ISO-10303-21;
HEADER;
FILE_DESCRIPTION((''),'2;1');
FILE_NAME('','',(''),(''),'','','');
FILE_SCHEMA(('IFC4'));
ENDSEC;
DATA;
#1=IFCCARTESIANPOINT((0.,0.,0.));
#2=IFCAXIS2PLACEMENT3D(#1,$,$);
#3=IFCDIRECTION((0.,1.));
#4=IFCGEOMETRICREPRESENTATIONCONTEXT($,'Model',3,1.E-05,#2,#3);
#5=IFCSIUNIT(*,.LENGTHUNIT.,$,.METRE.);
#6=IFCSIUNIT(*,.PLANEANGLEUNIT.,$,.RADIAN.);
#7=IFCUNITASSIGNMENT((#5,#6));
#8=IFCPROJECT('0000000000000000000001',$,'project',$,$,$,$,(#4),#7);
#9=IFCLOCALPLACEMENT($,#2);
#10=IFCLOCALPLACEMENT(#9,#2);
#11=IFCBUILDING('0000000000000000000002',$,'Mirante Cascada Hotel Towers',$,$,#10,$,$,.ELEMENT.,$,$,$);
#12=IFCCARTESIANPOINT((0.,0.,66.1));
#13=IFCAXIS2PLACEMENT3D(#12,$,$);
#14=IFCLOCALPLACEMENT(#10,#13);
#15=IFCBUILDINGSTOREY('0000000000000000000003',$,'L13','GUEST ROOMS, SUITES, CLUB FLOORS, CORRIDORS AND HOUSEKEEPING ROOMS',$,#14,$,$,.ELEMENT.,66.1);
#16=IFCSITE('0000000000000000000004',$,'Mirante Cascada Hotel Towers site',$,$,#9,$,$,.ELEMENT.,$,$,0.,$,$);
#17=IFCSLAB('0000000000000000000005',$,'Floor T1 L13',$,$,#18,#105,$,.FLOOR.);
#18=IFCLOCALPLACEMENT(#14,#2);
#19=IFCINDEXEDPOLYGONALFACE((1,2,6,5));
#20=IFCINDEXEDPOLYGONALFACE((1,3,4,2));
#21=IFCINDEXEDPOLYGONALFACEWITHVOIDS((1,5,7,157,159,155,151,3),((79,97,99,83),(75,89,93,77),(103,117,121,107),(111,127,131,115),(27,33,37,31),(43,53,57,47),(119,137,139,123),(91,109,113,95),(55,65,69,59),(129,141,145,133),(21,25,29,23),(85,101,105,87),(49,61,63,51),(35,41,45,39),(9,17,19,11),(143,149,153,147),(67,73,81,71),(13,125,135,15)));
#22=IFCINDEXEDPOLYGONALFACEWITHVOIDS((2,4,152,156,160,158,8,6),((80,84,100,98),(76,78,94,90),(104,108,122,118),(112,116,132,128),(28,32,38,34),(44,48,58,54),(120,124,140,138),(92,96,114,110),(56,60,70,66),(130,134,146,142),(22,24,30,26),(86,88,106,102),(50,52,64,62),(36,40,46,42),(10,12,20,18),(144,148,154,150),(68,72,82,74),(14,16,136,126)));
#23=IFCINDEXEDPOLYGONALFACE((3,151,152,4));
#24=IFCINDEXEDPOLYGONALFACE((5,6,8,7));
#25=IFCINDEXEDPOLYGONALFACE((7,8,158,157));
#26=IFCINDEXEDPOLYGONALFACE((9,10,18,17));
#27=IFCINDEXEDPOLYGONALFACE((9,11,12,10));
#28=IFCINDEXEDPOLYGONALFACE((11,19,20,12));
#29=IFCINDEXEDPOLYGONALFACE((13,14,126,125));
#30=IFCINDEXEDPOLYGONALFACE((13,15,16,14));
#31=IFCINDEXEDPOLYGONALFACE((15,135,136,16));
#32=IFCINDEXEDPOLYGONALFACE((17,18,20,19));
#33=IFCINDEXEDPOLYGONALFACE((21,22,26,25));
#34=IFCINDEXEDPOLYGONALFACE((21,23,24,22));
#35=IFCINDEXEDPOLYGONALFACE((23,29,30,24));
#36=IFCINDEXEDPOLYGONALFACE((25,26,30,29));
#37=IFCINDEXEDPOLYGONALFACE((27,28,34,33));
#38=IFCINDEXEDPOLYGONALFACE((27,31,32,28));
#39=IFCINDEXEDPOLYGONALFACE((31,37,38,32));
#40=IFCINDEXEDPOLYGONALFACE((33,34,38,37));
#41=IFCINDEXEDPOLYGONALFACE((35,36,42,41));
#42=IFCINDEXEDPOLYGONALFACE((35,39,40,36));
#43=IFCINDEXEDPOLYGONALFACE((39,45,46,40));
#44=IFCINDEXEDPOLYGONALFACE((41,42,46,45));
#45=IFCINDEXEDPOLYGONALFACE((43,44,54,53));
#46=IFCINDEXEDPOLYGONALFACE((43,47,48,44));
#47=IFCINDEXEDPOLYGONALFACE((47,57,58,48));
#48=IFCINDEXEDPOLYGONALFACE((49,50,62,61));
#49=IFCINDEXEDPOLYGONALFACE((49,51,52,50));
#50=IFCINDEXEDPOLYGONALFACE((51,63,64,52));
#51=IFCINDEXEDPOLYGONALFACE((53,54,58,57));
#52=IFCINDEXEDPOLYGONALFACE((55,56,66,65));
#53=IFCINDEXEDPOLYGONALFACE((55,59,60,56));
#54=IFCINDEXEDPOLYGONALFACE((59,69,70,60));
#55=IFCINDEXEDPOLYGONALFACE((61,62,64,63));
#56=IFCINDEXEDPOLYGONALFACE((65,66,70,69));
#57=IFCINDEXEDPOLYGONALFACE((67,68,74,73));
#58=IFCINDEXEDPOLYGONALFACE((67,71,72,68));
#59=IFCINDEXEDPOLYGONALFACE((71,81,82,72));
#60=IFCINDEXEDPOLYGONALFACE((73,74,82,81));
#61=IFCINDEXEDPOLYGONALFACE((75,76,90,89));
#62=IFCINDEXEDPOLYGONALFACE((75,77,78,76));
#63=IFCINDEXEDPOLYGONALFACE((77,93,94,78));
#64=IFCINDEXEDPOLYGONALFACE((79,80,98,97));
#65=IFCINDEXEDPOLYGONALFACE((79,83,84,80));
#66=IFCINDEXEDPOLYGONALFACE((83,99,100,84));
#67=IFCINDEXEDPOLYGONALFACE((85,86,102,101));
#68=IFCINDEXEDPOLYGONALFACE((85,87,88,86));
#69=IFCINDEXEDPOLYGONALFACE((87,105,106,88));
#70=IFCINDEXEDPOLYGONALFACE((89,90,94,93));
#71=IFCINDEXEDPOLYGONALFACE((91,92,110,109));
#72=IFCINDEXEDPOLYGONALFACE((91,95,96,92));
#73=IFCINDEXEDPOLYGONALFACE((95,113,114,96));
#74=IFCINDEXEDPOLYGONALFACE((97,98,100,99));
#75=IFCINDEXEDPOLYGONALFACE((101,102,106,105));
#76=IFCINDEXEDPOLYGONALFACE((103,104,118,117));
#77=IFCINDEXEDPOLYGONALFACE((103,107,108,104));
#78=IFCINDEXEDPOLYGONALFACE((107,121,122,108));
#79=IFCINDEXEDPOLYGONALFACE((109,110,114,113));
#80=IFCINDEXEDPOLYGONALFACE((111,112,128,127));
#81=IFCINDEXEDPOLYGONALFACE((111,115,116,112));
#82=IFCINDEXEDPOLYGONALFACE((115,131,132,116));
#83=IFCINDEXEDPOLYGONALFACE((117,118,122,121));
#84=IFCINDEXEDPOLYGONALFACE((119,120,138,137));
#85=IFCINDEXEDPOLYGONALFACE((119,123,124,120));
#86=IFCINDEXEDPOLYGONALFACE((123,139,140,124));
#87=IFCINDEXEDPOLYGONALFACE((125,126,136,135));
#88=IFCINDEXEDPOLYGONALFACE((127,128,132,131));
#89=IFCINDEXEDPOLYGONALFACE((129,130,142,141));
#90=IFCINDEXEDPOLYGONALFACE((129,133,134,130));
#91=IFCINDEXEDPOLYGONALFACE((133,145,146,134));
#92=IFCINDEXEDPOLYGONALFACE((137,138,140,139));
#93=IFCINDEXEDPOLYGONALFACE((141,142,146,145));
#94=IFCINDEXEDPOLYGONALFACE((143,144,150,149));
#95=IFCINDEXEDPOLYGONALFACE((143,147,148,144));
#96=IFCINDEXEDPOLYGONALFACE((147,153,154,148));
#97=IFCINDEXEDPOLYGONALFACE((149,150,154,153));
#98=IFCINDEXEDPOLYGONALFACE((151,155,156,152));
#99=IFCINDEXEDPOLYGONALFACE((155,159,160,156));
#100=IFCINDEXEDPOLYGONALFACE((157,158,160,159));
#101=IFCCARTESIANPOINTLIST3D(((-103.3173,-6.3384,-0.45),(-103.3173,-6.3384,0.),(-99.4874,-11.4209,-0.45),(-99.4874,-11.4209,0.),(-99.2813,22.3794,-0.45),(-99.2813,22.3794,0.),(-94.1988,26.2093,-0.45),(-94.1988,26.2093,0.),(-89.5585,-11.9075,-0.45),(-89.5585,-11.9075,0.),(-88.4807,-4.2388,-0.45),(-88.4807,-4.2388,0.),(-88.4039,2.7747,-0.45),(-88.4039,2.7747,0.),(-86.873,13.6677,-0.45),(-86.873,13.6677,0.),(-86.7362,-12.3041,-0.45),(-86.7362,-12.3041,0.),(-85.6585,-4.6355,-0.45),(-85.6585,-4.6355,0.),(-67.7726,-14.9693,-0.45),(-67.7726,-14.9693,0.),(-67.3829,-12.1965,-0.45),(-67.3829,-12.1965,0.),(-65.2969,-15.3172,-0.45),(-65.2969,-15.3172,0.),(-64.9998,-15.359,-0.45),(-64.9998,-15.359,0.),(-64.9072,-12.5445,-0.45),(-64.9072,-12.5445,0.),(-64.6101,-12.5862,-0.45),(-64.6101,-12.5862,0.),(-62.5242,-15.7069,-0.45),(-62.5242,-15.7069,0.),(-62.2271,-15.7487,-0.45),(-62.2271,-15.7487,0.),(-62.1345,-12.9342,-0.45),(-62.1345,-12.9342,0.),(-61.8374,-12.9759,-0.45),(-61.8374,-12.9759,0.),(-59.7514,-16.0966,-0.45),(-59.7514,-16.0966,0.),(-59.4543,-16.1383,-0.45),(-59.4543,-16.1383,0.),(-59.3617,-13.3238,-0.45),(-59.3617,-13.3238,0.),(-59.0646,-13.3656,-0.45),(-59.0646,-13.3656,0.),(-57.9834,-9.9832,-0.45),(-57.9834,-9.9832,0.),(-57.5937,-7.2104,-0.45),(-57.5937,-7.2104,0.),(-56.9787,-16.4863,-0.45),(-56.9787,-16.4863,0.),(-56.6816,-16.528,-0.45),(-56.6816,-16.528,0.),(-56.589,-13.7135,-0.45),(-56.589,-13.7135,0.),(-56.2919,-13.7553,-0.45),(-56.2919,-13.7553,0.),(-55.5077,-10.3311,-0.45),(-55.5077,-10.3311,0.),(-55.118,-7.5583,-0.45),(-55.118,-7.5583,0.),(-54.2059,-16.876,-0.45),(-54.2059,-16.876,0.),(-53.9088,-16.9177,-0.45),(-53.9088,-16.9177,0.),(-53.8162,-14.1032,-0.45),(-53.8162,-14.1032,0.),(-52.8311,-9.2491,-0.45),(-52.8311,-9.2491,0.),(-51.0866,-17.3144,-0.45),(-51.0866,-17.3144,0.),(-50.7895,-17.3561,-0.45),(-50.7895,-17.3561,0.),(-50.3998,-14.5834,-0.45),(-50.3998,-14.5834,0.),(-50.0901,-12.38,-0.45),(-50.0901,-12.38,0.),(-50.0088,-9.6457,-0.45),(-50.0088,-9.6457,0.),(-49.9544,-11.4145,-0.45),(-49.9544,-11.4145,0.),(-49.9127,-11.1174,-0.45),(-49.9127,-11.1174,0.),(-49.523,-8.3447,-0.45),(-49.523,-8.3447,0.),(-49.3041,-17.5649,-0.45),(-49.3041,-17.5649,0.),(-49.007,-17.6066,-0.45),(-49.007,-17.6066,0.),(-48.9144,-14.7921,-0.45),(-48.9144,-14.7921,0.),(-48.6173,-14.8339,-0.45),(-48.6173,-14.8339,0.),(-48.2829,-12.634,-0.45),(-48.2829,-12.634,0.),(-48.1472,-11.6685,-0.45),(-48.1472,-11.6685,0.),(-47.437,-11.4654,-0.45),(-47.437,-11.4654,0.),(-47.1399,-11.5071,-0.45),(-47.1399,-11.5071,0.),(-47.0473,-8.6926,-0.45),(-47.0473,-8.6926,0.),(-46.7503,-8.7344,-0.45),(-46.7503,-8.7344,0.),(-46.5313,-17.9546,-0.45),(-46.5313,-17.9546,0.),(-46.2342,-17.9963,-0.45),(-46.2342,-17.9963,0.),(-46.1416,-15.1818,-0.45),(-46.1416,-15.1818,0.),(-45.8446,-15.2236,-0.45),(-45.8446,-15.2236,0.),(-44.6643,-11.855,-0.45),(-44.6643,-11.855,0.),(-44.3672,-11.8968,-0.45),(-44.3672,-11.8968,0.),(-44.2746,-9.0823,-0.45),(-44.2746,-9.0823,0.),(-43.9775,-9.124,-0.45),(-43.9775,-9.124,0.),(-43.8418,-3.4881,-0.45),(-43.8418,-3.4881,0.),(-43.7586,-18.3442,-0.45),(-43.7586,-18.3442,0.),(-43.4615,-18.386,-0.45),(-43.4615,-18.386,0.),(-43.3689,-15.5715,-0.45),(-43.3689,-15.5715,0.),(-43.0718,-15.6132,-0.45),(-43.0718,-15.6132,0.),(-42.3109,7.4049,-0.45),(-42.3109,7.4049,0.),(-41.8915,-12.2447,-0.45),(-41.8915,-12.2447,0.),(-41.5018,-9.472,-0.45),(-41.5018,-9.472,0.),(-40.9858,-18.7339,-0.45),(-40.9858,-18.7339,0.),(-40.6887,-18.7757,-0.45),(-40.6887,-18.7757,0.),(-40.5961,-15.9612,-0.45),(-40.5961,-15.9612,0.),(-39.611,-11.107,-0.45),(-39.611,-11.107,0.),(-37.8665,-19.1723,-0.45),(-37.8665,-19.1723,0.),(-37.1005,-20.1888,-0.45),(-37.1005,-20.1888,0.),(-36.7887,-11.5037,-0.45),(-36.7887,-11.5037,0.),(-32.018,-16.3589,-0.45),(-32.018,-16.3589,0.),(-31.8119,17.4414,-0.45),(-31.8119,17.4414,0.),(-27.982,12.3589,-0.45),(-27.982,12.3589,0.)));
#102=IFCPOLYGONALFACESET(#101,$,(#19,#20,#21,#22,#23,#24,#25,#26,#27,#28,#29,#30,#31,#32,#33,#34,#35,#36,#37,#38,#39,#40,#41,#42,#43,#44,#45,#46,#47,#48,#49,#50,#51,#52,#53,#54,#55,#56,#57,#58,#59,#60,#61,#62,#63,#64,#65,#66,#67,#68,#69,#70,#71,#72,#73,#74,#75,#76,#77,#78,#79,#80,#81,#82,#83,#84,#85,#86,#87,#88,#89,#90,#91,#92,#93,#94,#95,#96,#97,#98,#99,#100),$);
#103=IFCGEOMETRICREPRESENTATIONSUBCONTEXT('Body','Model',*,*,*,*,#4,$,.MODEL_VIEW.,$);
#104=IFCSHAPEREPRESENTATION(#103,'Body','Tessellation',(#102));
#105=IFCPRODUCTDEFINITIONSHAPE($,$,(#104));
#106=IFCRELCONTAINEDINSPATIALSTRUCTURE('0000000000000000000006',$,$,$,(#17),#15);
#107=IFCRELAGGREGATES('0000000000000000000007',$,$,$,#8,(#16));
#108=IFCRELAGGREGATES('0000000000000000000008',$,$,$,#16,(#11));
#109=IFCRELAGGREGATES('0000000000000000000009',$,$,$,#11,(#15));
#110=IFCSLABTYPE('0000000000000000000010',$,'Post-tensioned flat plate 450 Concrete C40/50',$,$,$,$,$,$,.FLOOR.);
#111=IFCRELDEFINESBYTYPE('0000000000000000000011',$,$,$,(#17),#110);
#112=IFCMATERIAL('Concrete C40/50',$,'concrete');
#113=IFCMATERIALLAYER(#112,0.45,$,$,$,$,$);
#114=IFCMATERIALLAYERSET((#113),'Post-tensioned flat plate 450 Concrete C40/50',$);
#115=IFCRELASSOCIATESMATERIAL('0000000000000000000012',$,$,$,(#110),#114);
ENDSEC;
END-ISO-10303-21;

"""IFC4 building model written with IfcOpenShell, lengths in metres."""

from ifc_helpers import new_model, si_unit, direction, frame, origin, place, context, subcontext, project, spatial, polyline, outline, extrude, material, layer, layer_set, type_object, element, save


model = new_model("IFC4")

# Units and contexts
model_context = context("Model", 3, precision=1e-05, world=origin(), true_north=direction((0.0, 1.0)))
body_context = subcontext(model_context, "Body", "Model", "MODEL_VIEW")
ifc_project = project(units=[si_unit("LENGTHUNIT", "METRE"), si_unit("PLANEANGLEUNIT", "RADIAN")], contexts=[model_context])

# Site, building, storey
site_placement = place(None, origin())
site = spatial("IfcSite", under=ifc_project, at=site_placement, Name="Mirante Cascada Hotel Towers site", CompositionType="ELEMENT", RefElevation=0.0)
building_placement = place(site_placement, origin())
building = spatial("IfcBuilding", under=site, at=building_placement, Name="Mirante Cascada Hotel Towers", CompositionType="ELEMENT")
storey_placement = place(building_placement, frame((0.0, 0.0, 66.1)))
storey = spatial("IfcBuildingStorey", under=building, at=storey_placement, Name="L13", Description="GUEST ROOMS, SUITES, CLUB FLOORS, CORRIDORS AND HOUSEKEEPING ROOMS", CompositionType="ELEMENT", Elevation=66.1)

# Slab
ifc_material_1 = material(Name="Concrete C40/50", Category="concrete")
ifc_layer_1 = layer(ifc_material_1, 0.45)
ifc_layer_set_1 = layer_set([ifc_layer_1], Name="Post-tensioned flat plate 450 Concrete C40/50")
slab_type = type_object("IfcSlabType", Name="Post-tensioned flat plate 450 Concrete C40/50", PredefinedType="FLOOR", material=ifc_layer_set_1)
slab_1_placement = place(storey_placement, frame((0.0, 0.0, -0.45)))
element("IfcSlab", 1, at=slab_1_placement, inside=storey, type_object=slab_type, Name="Floor T1 L13", PredefinedType="FLOOR", context=body_context, shape_type="SweptSolid", body=[
    extrude(outline(polyline([(-32.018, -16.3589), (-27.982, 12.3589), (-31.8119, 17.4414), (-94.1988, 26.2093), (-99.2813, 22.3794), (-103.3173, -6.3384), (-99.4874, -11.4209), (-37.1005, -20.1888), (-32.018, -16.3589)]), holes=[polyline([(-43.0718, -15.6132), (-40.5961, -15.9612), (-40.9858, -18.7339), (-43.4615, -18.386), (-43.0718, -15.6132)]), polyline([(-45.8446, -15.2236), (-43.3689, -15.5715), (-43.7586, -18.3442), (-46.2342, -17.9963), (-45.8446, -15.2236)]), polyline([(-48.6173, -14.8339), (-46.1416, -15.1818), (-46.5313, -17.9546), (-49.007, -17.6066), (-48.6173, -14.8339)]), polyline([(-50.3998, -14.5834), (-48.9144, -14.7921), (-49.3041, -17.5649), (-50.7895, -17.3561), (-50.3998, -14.5834)]), polyline([(-36.7887, -11.5037), (-37.8665, -19.1723), (-40.6887, -18.7757), (-39.611, -11.107), (-36.7887, -11.5037)]), polyline([(-49.9544, -11.4145), (-48.1472, -11.6685), (-48.2829, -12.634), (-50.0901, -12.38), (-49.9544, -11.4145)]), polyline([(-43.9775, -9.124), (-41.5018, -9.472), (-41.8915, -12.2447), (-44.3672, -11.8968), (-43.9775, -9.124)]), polyline([(-47.1399, -11.5071), (-46.7503, -8.7344), (-44.2746, -9.0823), (-44.6643, -11.855), (-47.1399, -11.5071)]), polyline([(-49.9127, -11.1174), (-49.523, -8.3447), (-47.0473, -8.6926), (-47.437, -11.4654), (-49.9127, -11.1174)]), polyline([(-56.2919, -13.7553), (-53.8162, -14.1032), (-54.2059, -16.876), (-56.6816, -16.528), (-56.2919, -13.7553)]), polyline([(-59.0646, -13.3656), (-56.589, -13.7135), (-56.9787, -16.4863), (-59.4543, -16.1383), (-59.0646, -13.3656)]), polyline([(-61.8374, -12.9759), (-59.3617, -13.3238), (-59.7514, -16.0966), (-62.2271, -15.7487), (-61.8374, -12.9759)]), polyline([(-64.6101, -12.5862), (-62.1345, -12.9342), (-62.5242, -15.7069), (-64.9998, -15.359), (-64.6101, -12.5862)]), polyline([(-67.3829, -12.1965), (-64.9072, -12.5445), (-65.2969, -15.3172), (-67.7726, -14.9693), (-67.3829, -12.1965)]), polyline([(-50.0088, -9.6457), (-51.0866, -17.3144), (-53.9088, -16.9177), (-52.8311, -9.2491), (-50.0088, -9.6457)]), polyline([(-85.6585, -4.6355), (-86.7362, -12.3041), (-89.5585, -11.9075), (-88.4807, -4.2388), (-85.6585, -4.6355)]), polyline([(-57.9834, -9.9832), (-57.5937, -7.2104), (-55.118, -7.5583), (-55.5077, -10.3311), (-57.9834, -9.9832)]), polyline([(-88.4039, 2.7747), (-86.873, 13.6677), (-42.3109, 7.4049), (-43.8418, -3.4881), (-88.4039, 2.7747)])]), origin(), (0.0, 0.0, 1.0), 0.45),
])

save(model, "model.ifc")
